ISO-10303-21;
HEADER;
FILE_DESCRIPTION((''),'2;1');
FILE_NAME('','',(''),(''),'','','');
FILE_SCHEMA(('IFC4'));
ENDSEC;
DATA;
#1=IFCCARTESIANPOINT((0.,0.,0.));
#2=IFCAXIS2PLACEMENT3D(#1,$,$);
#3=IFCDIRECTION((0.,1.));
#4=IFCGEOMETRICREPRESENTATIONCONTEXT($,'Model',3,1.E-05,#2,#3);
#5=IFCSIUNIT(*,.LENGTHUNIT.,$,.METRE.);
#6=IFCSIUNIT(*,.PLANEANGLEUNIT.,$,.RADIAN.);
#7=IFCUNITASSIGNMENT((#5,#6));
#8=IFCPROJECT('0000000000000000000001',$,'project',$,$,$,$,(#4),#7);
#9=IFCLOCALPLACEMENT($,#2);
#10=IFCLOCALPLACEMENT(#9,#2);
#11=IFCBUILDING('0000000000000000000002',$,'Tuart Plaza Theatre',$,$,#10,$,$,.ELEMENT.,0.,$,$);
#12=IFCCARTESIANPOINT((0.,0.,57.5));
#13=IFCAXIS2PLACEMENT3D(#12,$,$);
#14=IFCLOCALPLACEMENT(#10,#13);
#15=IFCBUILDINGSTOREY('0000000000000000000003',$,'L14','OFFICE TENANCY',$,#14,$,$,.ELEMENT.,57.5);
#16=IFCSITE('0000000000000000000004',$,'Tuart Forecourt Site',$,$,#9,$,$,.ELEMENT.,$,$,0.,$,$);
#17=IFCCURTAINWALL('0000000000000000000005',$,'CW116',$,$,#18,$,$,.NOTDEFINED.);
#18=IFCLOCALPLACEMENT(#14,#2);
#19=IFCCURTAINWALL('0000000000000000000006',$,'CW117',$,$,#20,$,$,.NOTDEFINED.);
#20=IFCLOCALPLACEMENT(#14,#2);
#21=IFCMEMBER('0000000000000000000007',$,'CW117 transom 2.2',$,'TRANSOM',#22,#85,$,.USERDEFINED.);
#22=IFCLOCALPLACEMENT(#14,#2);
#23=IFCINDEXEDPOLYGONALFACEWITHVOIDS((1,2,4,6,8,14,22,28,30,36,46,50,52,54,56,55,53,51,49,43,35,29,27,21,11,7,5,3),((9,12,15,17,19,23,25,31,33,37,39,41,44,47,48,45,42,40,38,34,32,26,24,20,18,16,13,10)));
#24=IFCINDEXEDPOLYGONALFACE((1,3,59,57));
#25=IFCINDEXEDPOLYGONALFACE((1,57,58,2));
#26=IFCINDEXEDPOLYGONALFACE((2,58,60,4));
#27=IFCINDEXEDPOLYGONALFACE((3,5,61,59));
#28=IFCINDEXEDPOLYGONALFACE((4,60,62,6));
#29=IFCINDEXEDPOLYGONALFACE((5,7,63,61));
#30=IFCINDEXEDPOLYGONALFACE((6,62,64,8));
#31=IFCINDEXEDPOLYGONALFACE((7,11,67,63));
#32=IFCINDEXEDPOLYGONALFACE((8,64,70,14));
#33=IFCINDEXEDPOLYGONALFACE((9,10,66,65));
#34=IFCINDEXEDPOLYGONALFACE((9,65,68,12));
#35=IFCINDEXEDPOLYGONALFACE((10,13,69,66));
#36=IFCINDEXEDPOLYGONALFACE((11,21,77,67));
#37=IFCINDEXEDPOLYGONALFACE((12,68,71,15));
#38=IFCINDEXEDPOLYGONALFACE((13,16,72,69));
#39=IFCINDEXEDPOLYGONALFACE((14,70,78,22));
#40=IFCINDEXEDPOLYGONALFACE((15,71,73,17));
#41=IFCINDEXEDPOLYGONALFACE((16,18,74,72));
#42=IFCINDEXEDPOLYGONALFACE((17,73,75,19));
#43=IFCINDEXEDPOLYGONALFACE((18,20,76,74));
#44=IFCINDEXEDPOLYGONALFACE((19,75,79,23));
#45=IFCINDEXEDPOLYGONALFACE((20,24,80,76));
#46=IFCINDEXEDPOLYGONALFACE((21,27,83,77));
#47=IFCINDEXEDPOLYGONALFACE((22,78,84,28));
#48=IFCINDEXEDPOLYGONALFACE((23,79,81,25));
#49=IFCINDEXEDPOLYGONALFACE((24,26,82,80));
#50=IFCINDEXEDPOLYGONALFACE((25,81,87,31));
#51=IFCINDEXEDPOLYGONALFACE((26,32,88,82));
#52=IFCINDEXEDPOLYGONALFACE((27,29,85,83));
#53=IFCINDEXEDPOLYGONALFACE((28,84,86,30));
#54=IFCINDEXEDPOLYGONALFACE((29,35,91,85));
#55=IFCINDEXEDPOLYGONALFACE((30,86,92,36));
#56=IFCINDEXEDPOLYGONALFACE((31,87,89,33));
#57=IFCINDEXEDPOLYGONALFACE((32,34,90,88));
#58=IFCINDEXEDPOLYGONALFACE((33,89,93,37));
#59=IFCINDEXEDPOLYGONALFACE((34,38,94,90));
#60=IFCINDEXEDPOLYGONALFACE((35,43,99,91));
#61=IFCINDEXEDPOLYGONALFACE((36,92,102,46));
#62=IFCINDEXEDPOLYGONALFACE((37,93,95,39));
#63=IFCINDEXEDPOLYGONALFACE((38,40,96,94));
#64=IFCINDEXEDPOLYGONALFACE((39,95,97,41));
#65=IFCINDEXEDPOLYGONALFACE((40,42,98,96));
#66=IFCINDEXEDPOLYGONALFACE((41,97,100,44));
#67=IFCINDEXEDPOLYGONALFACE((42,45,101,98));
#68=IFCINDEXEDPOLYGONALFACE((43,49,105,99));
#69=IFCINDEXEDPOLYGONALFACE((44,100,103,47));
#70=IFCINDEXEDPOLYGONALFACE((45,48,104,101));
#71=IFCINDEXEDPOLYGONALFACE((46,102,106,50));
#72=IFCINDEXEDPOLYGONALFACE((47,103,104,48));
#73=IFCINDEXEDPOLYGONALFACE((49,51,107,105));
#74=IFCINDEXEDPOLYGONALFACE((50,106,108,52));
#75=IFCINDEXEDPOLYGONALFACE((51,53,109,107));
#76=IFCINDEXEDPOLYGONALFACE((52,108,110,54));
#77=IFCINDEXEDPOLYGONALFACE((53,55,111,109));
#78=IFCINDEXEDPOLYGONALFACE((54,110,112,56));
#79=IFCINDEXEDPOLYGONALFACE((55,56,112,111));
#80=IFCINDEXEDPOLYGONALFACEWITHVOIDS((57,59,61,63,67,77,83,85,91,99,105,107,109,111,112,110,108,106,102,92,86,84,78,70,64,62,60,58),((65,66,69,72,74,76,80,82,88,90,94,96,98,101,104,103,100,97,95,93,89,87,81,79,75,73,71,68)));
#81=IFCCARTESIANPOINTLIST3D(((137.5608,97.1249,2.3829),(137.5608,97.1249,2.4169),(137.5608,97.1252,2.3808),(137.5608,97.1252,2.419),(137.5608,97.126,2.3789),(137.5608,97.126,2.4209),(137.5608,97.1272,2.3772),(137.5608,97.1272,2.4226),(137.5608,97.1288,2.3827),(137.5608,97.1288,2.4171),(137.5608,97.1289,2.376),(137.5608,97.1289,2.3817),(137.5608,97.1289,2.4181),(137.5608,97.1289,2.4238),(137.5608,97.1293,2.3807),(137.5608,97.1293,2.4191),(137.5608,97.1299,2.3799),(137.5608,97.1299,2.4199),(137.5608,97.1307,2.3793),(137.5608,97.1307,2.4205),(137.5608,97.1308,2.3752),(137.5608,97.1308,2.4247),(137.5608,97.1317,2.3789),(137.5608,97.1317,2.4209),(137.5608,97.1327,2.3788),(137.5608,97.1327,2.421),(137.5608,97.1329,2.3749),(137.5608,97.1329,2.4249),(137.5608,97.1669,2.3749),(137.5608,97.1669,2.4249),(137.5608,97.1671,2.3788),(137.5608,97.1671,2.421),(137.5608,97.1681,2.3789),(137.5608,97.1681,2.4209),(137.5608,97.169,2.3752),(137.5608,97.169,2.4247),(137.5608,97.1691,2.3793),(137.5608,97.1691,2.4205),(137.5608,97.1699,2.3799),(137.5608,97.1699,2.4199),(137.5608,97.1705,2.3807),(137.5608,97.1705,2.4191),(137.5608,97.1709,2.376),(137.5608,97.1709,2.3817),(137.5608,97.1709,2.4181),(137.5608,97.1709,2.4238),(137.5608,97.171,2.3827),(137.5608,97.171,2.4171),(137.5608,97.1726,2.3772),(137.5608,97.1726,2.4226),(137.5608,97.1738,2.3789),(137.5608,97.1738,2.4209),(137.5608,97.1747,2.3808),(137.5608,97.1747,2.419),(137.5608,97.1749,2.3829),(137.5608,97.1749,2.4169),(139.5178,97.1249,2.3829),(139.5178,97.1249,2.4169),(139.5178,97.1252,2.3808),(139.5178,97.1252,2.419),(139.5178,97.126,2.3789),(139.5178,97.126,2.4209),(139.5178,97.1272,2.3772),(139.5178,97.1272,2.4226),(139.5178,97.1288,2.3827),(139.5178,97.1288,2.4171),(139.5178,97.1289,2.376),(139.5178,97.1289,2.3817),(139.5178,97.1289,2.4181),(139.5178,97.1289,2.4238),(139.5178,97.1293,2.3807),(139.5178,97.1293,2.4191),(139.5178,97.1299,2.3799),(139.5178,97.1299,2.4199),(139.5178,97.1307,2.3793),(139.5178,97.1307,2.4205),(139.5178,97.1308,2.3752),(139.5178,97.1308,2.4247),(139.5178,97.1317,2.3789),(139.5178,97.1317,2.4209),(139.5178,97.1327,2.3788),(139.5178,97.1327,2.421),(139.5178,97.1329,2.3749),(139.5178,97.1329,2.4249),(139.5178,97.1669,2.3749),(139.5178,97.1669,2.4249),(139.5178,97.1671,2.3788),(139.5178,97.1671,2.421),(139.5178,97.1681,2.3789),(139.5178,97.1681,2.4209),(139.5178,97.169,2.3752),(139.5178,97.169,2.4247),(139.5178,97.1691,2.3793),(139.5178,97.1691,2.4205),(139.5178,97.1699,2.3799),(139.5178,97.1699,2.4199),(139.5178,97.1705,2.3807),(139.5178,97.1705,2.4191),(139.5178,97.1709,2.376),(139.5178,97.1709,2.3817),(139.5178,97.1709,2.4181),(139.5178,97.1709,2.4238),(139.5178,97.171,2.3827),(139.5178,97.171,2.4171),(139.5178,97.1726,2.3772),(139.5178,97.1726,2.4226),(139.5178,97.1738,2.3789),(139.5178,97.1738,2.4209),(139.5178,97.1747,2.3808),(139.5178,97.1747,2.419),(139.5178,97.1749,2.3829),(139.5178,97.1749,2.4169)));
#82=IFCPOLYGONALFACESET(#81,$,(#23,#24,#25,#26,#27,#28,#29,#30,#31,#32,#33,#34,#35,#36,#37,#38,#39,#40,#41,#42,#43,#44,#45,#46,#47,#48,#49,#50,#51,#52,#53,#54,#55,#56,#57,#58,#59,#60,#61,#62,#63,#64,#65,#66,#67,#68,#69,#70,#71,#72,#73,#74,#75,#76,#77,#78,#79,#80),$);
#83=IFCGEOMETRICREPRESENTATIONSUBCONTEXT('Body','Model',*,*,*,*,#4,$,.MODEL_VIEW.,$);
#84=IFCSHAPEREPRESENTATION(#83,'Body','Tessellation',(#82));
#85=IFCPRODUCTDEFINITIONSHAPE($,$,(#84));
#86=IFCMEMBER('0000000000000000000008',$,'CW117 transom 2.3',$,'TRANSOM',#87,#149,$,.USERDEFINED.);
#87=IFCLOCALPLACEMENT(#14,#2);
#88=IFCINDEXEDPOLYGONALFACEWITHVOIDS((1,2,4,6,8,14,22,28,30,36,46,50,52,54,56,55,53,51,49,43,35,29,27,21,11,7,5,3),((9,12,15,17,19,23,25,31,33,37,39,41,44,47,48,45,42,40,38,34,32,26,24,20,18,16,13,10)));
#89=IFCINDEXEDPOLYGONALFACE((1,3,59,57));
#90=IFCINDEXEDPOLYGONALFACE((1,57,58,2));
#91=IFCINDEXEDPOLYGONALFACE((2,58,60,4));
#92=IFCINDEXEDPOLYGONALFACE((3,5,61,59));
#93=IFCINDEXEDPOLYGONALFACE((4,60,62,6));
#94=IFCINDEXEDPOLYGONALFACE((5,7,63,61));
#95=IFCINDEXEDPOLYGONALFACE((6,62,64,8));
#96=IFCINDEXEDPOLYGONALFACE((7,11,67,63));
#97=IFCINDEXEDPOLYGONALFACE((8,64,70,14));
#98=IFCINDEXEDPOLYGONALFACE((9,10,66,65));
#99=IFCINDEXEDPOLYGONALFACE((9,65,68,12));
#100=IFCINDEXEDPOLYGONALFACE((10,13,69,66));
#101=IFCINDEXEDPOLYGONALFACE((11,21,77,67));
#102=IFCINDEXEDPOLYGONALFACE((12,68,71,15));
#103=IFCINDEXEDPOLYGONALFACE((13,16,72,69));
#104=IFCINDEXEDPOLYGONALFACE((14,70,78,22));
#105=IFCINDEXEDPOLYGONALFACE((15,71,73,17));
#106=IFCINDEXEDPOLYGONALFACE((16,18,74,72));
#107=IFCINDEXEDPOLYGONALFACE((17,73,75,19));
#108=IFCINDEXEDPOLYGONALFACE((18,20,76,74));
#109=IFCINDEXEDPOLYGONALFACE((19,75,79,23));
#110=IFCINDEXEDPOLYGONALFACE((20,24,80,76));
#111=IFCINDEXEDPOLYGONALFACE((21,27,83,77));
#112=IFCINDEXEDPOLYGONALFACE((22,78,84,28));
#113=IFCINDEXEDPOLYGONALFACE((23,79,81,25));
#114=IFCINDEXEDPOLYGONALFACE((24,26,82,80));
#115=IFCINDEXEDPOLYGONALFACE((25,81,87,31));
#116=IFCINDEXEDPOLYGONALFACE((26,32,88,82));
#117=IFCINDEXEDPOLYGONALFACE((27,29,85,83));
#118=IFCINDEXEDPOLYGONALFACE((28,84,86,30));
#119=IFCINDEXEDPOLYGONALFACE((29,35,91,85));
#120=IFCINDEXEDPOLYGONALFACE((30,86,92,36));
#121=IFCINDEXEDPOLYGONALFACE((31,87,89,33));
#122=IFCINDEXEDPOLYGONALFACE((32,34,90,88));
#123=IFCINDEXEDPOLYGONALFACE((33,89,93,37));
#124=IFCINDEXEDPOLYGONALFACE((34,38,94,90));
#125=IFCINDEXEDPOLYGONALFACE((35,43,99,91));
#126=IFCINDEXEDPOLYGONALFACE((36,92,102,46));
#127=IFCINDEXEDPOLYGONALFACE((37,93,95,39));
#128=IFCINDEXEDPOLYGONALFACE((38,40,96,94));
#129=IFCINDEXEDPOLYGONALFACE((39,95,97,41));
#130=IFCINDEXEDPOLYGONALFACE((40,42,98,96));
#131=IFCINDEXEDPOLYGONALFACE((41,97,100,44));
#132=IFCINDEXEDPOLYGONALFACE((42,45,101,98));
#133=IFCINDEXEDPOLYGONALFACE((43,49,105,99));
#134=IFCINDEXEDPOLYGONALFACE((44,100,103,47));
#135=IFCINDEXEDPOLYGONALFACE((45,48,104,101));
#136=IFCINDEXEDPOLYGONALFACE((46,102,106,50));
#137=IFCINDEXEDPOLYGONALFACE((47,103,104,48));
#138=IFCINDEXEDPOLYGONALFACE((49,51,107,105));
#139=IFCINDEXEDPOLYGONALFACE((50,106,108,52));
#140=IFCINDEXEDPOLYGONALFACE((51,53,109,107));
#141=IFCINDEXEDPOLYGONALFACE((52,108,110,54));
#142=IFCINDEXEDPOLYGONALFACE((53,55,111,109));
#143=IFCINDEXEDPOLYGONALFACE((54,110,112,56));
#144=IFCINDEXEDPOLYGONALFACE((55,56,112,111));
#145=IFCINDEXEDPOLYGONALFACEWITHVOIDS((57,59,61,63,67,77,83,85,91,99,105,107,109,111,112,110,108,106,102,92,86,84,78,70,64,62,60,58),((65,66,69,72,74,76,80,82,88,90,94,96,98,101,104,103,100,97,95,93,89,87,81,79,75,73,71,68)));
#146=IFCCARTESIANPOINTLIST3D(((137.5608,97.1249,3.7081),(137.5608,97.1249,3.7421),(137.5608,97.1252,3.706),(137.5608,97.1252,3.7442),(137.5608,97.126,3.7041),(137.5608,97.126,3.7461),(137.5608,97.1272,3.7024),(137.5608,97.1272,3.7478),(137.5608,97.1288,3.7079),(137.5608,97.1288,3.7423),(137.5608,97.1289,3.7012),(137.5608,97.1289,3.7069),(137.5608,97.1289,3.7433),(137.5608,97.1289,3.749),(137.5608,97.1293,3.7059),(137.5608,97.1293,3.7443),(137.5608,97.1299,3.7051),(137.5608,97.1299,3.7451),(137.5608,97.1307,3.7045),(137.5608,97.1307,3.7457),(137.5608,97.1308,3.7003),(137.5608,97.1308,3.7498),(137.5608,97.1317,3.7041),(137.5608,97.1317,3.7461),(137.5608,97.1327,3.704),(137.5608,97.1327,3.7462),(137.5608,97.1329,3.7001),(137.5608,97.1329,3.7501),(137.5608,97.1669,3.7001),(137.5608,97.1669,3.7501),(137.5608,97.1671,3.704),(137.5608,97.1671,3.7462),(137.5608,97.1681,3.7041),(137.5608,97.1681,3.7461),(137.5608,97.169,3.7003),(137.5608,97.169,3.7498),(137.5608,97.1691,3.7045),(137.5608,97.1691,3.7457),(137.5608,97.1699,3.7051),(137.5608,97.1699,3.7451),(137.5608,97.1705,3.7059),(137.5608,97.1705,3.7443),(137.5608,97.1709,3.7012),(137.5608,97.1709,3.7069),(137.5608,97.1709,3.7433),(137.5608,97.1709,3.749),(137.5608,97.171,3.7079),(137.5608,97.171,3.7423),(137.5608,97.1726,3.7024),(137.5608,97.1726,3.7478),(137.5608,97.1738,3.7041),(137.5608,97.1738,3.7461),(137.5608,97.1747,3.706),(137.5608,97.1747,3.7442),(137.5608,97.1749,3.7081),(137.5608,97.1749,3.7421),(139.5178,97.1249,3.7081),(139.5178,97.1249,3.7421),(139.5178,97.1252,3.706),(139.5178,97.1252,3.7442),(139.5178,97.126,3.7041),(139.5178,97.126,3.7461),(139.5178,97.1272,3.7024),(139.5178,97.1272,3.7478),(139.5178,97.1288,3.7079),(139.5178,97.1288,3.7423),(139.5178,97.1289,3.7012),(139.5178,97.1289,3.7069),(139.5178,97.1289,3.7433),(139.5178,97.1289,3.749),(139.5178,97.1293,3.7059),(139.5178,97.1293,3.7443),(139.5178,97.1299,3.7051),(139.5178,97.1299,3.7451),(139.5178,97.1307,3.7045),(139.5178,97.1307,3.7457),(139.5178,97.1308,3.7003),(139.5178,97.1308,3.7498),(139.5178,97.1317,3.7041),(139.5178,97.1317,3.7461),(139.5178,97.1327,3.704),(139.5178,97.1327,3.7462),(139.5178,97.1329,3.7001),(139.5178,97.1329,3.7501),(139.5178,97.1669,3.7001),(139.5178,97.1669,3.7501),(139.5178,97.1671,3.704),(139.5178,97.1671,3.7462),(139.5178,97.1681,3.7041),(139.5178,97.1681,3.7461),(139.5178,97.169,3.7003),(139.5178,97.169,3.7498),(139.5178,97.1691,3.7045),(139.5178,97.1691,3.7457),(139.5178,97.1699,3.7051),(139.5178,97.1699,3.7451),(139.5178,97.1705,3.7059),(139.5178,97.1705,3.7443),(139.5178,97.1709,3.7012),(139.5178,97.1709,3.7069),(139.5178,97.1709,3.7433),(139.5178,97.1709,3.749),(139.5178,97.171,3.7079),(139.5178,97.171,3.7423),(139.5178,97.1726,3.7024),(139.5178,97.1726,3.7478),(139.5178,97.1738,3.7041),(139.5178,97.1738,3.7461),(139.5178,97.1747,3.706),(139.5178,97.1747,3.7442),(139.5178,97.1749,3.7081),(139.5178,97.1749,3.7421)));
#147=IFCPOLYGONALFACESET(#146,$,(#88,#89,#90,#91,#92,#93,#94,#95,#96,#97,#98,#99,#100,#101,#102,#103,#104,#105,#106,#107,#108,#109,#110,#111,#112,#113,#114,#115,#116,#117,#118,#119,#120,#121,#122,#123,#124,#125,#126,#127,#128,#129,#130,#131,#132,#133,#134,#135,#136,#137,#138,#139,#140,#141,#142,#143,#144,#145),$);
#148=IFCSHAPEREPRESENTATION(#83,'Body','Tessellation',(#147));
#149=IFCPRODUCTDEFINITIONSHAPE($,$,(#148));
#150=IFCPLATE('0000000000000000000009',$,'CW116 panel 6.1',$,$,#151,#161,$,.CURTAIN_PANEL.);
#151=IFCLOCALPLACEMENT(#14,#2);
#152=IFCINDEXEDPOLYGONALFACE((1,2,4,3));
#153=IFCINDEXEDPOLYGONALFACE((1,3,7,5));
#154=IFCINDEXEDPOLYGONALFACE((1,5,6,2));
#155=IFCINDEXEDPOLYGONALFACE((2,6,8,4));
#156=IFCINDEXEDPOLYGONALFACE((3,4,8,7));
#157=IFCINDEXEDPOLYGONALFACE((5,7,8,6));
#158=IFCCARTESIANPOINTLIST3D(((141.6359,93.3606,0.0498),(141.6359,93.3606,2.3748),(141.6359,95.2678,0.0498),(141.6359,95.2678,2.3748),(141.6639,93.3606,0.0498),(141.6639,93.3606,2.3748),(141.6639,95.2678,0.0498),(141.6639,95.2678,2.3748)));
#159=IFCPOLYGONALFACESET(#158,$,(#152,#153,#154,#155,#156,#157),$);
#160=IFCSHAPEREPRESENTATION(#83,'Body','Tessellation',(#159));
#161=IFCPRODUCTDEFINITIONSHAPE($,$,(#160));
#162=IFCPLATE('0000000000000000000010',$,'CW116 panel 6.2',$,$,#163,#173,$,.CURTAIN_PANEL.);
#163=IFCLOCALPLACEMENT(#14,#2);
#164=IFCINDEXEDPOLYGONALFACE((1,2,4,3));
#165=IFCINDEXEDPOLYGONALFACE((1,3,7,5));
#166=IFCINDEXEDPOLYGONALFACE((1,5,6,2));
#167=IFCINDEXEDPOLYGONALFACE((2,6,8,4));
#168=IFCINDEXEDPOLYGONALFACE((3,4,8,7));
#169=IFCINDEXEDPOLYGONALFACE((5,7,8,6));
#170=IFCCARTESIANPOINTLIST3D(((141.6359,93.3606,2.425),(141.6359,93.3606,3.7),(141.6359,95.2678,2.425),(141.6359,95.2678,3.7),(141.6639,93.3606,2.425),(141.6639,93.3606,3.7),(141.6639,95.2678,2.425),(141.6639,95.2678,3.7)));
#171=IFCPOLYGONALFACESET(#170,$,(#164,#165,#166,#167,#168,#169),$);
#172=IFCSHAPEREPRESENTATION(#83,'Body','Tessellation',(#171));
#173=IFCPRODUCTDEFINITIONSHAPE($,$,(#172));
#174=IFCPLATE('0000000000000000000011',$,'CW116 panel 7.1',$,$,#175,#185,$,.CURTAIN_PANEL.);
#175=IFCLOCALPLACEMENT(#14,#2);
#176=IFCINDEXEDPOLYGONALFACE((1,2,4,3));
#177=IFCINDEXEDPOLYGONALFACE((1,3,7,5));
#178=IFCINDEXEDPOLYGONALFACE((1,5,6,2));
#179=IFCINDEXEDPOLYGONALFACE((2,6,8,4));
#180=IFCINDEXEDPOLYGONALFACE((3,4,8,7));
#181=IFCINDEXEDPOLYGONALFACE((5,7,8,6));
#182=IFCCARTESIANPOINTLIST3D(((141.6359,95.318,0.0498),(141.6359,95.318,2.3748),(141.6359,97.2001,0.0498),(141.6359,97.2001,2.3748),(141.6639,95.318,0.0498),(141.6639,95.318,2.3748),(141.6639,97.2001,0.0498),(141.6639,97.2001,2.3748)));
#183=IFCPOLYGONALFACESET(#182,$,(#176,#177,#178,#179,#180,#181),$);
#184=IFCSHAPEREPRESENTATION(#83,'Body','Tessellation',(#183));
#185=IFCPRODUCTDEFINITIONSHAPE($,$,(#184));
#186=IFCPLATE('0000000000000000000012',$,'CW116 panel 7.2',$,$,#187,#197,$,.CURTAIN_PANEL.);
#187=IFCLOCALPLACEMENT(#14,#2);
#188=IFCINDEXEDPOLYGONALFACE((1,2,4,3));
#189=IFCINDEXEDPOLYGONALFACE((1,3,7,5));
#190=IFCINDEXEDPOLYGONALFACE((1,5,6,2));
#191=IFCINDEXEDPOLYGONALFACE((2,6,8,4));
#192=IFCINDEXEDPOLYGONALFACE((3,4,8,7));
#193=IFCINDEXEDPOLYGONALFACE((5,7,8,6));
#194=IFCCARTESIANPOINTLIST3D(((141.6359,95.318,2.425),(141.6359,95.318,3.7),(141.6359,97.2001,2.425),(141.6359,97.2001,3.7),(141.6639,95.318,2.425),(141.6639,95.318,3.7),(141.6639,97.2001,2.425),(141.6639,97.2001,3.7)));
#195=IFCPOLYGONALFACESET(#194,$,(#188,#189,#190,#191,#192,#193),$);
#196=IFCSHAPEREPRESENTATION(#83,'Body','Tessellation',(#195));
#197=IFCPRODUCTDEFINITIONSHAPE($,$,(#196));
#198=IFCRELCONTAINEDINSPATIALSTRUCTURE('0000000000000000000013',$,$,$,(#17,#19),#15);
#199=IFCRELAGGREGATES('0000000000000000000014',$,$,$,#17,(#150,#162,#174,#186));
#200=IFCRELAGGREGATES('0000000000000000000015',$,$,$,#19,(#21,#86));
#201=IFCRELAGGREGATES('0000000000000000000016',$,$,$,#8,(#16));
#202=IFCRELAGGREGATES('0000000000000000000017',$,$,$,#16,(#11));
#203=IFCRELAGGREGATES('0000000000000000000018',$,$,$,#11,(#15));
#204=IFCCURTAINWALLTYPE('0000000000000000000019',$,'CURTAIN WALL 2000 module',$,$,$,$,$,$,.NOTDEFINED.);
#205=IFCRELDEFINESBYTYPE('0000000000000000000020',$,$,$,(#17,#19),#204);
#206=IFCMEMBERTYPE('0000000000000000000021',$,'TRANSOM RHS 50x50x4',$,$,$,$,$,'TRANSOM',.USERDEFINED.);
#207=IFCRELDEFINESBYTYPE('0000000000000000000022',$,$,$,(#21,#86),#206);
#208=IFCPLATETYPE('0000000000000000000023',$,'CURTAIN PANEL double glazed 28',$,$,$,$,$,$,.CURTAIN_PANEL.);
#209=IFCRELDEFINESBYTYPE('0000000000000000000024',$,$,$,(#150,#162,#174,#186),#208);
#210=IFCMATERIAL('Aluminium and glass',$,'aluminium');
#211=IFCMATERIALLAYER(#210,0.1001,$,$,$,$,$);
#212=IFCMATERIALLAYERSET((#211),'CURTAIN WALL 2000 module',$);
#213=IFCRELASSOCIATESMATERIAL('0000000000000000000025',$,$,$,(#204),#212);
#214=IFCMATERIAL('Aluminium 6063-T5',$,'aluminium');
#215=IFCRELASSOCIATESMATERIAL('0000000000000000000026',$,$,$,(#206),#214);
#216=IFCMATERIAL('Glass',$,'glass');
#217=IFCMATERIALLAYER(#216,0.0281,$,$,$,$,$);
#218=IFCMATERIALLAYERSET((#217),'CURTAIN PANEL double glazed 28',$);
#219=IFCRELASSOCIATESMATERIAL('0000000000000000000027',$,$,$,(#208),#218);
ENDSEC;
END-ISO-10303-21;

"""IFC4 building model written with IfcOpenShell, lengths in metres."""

from ifc_helpers import new_model, si_unit, direction, frame, origin, origin_2d, place, context, subcontext, project, spatial, rectangle, hollow_rectangle, extrude, material, layer, layer_set, material_profile, profile_set, type_object, element, aggregate, save


model = new_model("IFC4")

# Units and contexts
model_context = context("Model", 3, precision=1e-05, world=origin(), true_north=direction((0.0, 1.0)))
body_context = subcontext(model_context, "Body", "Model", "MODEL_VIEW")
ifc_project = project(units=[si_unit("LENGTHUNIT", "METRE"), si_unit("PLANEANGLEUNIT", "RADIAN")], contexts=[model_context])

# Site, building, storey
site_placement = place(None, origin())
site = spatial("IfcSite", under=ifc_project, at=site_placement, Name="Tuart Forecourt Site", CompositionType="ELEMENT", RefElevation=0.0)
building_placement = place(site_placement, origin())
building = spatial("IfcBuilding", under=site, at=building_placement, Name="Tuart Plaza Theatre", CompositionType="ELEMENT", ElevationOfRefHeight=0.0)
storey_placement = place(building_placement, frame((0.0, 0.0, 57.5)))
storey = spatial("IfcBuildingStorey", under=building, at=storey_placement, Name="L14", Description="OFFICE TENANCY", CompositionType="ELEMENT", Elevation=57.5)

# Curtain walls
ifc_material_1 = material(Name="Aluminium and glass", Category="aluminium")
ifc_layer_1 = layer(ifc_material_1, 0.1001)
ifc_layer_set_1 = layer_set([ifc_layer_1], Name="CURTAIN WALL 2000 module")
curtain_wall_type = type_object("IfcCurtainWallType", Name="CURTAIN WALL 2000 module", PredefinedType="NOTDEFINED", material=ifc_layer_set_1)
curtain_wall_1_placement = place(storey_placement, origin())
curtain_wall_1 = element("IfcCurtainWall", 1, at=curtain_wall_1_placement, inside=storey, type_object=curtain_wall_type, Name="CW116", PredefinedType="NOTDEFINED")
curtain_wall_2_placement = place(storey_placement, origin())
curtain_wall_2 = element("IfcCurtainWall", 2, at=curtain_wall_2_placement, inside=storey, type_object=curtain_wall_type, Name="CW117", PredefinedType="NOTDEFINED")

# Members
ifc_material_2 = material(Name="Aluminium 6063-T5", Category="aluminium")
ifc_material_profile_1 = material_profile(ifc_material_2, hollow_rectangle(XDim=0.05, YDim=0.05, WallThickness=0.0039, InnerFilletRadius=0.0039, OuterFilletRadius=0.0081, at=origin_2d()), Name="RHS 50x50x4")
ifc_profile_set_1 = profile_set([ifc_material_profile_1], Name="Aluminium 6063-T5")
member_type_1 = type_object("IfcMemberType", Name="TRANSOM RHS 50x50x4", ElementType="TRANSOM", PredefinedType="USERDEFINED", material=ifc_profile_set_1)
member_1_placement = place(storey_placement, frame((139.5178, 97.1499, 2.3999), z_axis=(-1.0, 0.0, 0.0), x_axis=(0.0, -1.0, 0.0)))
member_1 = element("IfcMember", 3, at=member_1_placement, type_object=member_type_1, Name="CW117 transom 2.2", ObjectType="TRANSOM", PredefinedType="USERDEFINED", context=body_context, shape_type="SweptSolid", body=[
    extrude(hollow_rectangle(XDim=0.05, YDim=0.05, WallThickness=0.0039, InnerFilletRadius=0.0039, OuterFilletRadius=0.0081, at=origin_2d()), origin(), (0.0, 0.0, 1.0), 1.957),
])
member_2_placement = place(storey_placement, frame((139.5178, 97.1499, 3.7251), z_axis=(-1.0, 0.0, 0.0), x_axis=(0.0, -1.0, 0.0)))
member_2 = element("IfcMember", 4, at=member_2_placement, type_object=member_type_1, Name="CW117 transom 2.3", ObjectType="TRANSOM", PredefinedType="USERDEFINED", context=body_context, shape_type="SweptSolid", body=[
    extrude(hollow_rectangle(XDim=0.05, YDim=0.05, WallThickness=0.0039, InnerFilletRadius=0.0039, OuterFilletRadius=0.0081, at=origin_2d()), origin(), (0.0, 0.0, 1.0), 1.957),
])

# Plates
ifc_material_3 = material(Name="Glass", Category="glass")
ifc_layer_2 = layer(ifc_material_3, 0.0281)
ifc_layer_set_2 = layer_set([ifc_layer_2], Name="CURTAIN PANEL double glazed 28")
plate_type = type_object("IfcPlateType", Name="CURTAIN PANEL double glazed 28", PredefinedType="CURTAIN_PANEL", material=ifc_layer_set_2)
plate_1_placement = place(storey_placement, frame((141.6499, 94.3142, 0.0498), z_axis=(0.0, 0.0, 1.0), x_axis=(0.0, 1.0, 0.0)))
plate_1 = element("IfcPlate", 5, at=plate_1_placement, type_object=plate_type, Name="CW116 panel 6.1", PredefinedType="CURTAIN_PANEL", context=body_context, shape_type="SweptSolid", body=[
    extrude(rectangle(XDim=1.9072, YDim=0.0281, at=origin_2d()), origin(), (0.0, 0.0, 1.0), 2.325),
])
plate_2_placement = place(storey_placement, frame((141.6499, 94.3142, 2.425), z_axis=(0.0, 0.0, 1.0), x_axis=(0.0, 1.0, 0.0)))
plate_2 = element("IfcPlate", 6, at=plate_2_placement, type_object=plate_type, Name="CW116 panel 6.2", PredefinedType="CURTAIN_PANEL", context=body_context, shape_type="SweptSolid", body=[
    extrude(rectangle(XDim=1.9072, YDim=0.0281, at=origin_2d()), origin(), (0.0, 0.0, 1.0), 1.2749),
])
plate_3_placement = place(storey_placement, frame((141.6499, 96.259, 0.0498), z_axis=(0.0, 0.0, 1.0), x_axis=(0.0, 1.0, 0.0)))
plate_3 = element("IfcPlate", 7, at=plate_3_placement, type_object=plate_type, Name="CW116 panel 7.1", PredefinedType="CURTAIN_PANEL", context=body_context, shape_type="SweptSolid", body=[
    extrude(rectangle(XDim=1.8821, YDim=0.0281, at=origin_2d()), origin(), (0.0, 0.0, 1.0), 2.325),
])
plate_4_placement = place(storey_placement, frame((141.6499, 96.259, 2.425), z_axis=(0.0, 0.0, 1.0), x_axis=(0.0, 1.0, 0.0)))
plate_4 = element("IfcPlate", 8, at=plate_4_placement, type_object=plate_type, Name="CW116 panel 7.2", PredefinedType="CURTAIN_PANEL", context=body_context, shape_type="SweptSolid", body=[
    extrude(rectangle(XDim=1.8821, YDim=0.0281, at=origin_2d()), origin(), (0.0, 0.0, 1.0), 1.2749),
])
aggregate(curtain_wall_1, [plate_1, plate_2, plate_3, plate_4])
aggregate(curtain_wall_2, [member_1, member_2])

save(model, "model.ifc")
